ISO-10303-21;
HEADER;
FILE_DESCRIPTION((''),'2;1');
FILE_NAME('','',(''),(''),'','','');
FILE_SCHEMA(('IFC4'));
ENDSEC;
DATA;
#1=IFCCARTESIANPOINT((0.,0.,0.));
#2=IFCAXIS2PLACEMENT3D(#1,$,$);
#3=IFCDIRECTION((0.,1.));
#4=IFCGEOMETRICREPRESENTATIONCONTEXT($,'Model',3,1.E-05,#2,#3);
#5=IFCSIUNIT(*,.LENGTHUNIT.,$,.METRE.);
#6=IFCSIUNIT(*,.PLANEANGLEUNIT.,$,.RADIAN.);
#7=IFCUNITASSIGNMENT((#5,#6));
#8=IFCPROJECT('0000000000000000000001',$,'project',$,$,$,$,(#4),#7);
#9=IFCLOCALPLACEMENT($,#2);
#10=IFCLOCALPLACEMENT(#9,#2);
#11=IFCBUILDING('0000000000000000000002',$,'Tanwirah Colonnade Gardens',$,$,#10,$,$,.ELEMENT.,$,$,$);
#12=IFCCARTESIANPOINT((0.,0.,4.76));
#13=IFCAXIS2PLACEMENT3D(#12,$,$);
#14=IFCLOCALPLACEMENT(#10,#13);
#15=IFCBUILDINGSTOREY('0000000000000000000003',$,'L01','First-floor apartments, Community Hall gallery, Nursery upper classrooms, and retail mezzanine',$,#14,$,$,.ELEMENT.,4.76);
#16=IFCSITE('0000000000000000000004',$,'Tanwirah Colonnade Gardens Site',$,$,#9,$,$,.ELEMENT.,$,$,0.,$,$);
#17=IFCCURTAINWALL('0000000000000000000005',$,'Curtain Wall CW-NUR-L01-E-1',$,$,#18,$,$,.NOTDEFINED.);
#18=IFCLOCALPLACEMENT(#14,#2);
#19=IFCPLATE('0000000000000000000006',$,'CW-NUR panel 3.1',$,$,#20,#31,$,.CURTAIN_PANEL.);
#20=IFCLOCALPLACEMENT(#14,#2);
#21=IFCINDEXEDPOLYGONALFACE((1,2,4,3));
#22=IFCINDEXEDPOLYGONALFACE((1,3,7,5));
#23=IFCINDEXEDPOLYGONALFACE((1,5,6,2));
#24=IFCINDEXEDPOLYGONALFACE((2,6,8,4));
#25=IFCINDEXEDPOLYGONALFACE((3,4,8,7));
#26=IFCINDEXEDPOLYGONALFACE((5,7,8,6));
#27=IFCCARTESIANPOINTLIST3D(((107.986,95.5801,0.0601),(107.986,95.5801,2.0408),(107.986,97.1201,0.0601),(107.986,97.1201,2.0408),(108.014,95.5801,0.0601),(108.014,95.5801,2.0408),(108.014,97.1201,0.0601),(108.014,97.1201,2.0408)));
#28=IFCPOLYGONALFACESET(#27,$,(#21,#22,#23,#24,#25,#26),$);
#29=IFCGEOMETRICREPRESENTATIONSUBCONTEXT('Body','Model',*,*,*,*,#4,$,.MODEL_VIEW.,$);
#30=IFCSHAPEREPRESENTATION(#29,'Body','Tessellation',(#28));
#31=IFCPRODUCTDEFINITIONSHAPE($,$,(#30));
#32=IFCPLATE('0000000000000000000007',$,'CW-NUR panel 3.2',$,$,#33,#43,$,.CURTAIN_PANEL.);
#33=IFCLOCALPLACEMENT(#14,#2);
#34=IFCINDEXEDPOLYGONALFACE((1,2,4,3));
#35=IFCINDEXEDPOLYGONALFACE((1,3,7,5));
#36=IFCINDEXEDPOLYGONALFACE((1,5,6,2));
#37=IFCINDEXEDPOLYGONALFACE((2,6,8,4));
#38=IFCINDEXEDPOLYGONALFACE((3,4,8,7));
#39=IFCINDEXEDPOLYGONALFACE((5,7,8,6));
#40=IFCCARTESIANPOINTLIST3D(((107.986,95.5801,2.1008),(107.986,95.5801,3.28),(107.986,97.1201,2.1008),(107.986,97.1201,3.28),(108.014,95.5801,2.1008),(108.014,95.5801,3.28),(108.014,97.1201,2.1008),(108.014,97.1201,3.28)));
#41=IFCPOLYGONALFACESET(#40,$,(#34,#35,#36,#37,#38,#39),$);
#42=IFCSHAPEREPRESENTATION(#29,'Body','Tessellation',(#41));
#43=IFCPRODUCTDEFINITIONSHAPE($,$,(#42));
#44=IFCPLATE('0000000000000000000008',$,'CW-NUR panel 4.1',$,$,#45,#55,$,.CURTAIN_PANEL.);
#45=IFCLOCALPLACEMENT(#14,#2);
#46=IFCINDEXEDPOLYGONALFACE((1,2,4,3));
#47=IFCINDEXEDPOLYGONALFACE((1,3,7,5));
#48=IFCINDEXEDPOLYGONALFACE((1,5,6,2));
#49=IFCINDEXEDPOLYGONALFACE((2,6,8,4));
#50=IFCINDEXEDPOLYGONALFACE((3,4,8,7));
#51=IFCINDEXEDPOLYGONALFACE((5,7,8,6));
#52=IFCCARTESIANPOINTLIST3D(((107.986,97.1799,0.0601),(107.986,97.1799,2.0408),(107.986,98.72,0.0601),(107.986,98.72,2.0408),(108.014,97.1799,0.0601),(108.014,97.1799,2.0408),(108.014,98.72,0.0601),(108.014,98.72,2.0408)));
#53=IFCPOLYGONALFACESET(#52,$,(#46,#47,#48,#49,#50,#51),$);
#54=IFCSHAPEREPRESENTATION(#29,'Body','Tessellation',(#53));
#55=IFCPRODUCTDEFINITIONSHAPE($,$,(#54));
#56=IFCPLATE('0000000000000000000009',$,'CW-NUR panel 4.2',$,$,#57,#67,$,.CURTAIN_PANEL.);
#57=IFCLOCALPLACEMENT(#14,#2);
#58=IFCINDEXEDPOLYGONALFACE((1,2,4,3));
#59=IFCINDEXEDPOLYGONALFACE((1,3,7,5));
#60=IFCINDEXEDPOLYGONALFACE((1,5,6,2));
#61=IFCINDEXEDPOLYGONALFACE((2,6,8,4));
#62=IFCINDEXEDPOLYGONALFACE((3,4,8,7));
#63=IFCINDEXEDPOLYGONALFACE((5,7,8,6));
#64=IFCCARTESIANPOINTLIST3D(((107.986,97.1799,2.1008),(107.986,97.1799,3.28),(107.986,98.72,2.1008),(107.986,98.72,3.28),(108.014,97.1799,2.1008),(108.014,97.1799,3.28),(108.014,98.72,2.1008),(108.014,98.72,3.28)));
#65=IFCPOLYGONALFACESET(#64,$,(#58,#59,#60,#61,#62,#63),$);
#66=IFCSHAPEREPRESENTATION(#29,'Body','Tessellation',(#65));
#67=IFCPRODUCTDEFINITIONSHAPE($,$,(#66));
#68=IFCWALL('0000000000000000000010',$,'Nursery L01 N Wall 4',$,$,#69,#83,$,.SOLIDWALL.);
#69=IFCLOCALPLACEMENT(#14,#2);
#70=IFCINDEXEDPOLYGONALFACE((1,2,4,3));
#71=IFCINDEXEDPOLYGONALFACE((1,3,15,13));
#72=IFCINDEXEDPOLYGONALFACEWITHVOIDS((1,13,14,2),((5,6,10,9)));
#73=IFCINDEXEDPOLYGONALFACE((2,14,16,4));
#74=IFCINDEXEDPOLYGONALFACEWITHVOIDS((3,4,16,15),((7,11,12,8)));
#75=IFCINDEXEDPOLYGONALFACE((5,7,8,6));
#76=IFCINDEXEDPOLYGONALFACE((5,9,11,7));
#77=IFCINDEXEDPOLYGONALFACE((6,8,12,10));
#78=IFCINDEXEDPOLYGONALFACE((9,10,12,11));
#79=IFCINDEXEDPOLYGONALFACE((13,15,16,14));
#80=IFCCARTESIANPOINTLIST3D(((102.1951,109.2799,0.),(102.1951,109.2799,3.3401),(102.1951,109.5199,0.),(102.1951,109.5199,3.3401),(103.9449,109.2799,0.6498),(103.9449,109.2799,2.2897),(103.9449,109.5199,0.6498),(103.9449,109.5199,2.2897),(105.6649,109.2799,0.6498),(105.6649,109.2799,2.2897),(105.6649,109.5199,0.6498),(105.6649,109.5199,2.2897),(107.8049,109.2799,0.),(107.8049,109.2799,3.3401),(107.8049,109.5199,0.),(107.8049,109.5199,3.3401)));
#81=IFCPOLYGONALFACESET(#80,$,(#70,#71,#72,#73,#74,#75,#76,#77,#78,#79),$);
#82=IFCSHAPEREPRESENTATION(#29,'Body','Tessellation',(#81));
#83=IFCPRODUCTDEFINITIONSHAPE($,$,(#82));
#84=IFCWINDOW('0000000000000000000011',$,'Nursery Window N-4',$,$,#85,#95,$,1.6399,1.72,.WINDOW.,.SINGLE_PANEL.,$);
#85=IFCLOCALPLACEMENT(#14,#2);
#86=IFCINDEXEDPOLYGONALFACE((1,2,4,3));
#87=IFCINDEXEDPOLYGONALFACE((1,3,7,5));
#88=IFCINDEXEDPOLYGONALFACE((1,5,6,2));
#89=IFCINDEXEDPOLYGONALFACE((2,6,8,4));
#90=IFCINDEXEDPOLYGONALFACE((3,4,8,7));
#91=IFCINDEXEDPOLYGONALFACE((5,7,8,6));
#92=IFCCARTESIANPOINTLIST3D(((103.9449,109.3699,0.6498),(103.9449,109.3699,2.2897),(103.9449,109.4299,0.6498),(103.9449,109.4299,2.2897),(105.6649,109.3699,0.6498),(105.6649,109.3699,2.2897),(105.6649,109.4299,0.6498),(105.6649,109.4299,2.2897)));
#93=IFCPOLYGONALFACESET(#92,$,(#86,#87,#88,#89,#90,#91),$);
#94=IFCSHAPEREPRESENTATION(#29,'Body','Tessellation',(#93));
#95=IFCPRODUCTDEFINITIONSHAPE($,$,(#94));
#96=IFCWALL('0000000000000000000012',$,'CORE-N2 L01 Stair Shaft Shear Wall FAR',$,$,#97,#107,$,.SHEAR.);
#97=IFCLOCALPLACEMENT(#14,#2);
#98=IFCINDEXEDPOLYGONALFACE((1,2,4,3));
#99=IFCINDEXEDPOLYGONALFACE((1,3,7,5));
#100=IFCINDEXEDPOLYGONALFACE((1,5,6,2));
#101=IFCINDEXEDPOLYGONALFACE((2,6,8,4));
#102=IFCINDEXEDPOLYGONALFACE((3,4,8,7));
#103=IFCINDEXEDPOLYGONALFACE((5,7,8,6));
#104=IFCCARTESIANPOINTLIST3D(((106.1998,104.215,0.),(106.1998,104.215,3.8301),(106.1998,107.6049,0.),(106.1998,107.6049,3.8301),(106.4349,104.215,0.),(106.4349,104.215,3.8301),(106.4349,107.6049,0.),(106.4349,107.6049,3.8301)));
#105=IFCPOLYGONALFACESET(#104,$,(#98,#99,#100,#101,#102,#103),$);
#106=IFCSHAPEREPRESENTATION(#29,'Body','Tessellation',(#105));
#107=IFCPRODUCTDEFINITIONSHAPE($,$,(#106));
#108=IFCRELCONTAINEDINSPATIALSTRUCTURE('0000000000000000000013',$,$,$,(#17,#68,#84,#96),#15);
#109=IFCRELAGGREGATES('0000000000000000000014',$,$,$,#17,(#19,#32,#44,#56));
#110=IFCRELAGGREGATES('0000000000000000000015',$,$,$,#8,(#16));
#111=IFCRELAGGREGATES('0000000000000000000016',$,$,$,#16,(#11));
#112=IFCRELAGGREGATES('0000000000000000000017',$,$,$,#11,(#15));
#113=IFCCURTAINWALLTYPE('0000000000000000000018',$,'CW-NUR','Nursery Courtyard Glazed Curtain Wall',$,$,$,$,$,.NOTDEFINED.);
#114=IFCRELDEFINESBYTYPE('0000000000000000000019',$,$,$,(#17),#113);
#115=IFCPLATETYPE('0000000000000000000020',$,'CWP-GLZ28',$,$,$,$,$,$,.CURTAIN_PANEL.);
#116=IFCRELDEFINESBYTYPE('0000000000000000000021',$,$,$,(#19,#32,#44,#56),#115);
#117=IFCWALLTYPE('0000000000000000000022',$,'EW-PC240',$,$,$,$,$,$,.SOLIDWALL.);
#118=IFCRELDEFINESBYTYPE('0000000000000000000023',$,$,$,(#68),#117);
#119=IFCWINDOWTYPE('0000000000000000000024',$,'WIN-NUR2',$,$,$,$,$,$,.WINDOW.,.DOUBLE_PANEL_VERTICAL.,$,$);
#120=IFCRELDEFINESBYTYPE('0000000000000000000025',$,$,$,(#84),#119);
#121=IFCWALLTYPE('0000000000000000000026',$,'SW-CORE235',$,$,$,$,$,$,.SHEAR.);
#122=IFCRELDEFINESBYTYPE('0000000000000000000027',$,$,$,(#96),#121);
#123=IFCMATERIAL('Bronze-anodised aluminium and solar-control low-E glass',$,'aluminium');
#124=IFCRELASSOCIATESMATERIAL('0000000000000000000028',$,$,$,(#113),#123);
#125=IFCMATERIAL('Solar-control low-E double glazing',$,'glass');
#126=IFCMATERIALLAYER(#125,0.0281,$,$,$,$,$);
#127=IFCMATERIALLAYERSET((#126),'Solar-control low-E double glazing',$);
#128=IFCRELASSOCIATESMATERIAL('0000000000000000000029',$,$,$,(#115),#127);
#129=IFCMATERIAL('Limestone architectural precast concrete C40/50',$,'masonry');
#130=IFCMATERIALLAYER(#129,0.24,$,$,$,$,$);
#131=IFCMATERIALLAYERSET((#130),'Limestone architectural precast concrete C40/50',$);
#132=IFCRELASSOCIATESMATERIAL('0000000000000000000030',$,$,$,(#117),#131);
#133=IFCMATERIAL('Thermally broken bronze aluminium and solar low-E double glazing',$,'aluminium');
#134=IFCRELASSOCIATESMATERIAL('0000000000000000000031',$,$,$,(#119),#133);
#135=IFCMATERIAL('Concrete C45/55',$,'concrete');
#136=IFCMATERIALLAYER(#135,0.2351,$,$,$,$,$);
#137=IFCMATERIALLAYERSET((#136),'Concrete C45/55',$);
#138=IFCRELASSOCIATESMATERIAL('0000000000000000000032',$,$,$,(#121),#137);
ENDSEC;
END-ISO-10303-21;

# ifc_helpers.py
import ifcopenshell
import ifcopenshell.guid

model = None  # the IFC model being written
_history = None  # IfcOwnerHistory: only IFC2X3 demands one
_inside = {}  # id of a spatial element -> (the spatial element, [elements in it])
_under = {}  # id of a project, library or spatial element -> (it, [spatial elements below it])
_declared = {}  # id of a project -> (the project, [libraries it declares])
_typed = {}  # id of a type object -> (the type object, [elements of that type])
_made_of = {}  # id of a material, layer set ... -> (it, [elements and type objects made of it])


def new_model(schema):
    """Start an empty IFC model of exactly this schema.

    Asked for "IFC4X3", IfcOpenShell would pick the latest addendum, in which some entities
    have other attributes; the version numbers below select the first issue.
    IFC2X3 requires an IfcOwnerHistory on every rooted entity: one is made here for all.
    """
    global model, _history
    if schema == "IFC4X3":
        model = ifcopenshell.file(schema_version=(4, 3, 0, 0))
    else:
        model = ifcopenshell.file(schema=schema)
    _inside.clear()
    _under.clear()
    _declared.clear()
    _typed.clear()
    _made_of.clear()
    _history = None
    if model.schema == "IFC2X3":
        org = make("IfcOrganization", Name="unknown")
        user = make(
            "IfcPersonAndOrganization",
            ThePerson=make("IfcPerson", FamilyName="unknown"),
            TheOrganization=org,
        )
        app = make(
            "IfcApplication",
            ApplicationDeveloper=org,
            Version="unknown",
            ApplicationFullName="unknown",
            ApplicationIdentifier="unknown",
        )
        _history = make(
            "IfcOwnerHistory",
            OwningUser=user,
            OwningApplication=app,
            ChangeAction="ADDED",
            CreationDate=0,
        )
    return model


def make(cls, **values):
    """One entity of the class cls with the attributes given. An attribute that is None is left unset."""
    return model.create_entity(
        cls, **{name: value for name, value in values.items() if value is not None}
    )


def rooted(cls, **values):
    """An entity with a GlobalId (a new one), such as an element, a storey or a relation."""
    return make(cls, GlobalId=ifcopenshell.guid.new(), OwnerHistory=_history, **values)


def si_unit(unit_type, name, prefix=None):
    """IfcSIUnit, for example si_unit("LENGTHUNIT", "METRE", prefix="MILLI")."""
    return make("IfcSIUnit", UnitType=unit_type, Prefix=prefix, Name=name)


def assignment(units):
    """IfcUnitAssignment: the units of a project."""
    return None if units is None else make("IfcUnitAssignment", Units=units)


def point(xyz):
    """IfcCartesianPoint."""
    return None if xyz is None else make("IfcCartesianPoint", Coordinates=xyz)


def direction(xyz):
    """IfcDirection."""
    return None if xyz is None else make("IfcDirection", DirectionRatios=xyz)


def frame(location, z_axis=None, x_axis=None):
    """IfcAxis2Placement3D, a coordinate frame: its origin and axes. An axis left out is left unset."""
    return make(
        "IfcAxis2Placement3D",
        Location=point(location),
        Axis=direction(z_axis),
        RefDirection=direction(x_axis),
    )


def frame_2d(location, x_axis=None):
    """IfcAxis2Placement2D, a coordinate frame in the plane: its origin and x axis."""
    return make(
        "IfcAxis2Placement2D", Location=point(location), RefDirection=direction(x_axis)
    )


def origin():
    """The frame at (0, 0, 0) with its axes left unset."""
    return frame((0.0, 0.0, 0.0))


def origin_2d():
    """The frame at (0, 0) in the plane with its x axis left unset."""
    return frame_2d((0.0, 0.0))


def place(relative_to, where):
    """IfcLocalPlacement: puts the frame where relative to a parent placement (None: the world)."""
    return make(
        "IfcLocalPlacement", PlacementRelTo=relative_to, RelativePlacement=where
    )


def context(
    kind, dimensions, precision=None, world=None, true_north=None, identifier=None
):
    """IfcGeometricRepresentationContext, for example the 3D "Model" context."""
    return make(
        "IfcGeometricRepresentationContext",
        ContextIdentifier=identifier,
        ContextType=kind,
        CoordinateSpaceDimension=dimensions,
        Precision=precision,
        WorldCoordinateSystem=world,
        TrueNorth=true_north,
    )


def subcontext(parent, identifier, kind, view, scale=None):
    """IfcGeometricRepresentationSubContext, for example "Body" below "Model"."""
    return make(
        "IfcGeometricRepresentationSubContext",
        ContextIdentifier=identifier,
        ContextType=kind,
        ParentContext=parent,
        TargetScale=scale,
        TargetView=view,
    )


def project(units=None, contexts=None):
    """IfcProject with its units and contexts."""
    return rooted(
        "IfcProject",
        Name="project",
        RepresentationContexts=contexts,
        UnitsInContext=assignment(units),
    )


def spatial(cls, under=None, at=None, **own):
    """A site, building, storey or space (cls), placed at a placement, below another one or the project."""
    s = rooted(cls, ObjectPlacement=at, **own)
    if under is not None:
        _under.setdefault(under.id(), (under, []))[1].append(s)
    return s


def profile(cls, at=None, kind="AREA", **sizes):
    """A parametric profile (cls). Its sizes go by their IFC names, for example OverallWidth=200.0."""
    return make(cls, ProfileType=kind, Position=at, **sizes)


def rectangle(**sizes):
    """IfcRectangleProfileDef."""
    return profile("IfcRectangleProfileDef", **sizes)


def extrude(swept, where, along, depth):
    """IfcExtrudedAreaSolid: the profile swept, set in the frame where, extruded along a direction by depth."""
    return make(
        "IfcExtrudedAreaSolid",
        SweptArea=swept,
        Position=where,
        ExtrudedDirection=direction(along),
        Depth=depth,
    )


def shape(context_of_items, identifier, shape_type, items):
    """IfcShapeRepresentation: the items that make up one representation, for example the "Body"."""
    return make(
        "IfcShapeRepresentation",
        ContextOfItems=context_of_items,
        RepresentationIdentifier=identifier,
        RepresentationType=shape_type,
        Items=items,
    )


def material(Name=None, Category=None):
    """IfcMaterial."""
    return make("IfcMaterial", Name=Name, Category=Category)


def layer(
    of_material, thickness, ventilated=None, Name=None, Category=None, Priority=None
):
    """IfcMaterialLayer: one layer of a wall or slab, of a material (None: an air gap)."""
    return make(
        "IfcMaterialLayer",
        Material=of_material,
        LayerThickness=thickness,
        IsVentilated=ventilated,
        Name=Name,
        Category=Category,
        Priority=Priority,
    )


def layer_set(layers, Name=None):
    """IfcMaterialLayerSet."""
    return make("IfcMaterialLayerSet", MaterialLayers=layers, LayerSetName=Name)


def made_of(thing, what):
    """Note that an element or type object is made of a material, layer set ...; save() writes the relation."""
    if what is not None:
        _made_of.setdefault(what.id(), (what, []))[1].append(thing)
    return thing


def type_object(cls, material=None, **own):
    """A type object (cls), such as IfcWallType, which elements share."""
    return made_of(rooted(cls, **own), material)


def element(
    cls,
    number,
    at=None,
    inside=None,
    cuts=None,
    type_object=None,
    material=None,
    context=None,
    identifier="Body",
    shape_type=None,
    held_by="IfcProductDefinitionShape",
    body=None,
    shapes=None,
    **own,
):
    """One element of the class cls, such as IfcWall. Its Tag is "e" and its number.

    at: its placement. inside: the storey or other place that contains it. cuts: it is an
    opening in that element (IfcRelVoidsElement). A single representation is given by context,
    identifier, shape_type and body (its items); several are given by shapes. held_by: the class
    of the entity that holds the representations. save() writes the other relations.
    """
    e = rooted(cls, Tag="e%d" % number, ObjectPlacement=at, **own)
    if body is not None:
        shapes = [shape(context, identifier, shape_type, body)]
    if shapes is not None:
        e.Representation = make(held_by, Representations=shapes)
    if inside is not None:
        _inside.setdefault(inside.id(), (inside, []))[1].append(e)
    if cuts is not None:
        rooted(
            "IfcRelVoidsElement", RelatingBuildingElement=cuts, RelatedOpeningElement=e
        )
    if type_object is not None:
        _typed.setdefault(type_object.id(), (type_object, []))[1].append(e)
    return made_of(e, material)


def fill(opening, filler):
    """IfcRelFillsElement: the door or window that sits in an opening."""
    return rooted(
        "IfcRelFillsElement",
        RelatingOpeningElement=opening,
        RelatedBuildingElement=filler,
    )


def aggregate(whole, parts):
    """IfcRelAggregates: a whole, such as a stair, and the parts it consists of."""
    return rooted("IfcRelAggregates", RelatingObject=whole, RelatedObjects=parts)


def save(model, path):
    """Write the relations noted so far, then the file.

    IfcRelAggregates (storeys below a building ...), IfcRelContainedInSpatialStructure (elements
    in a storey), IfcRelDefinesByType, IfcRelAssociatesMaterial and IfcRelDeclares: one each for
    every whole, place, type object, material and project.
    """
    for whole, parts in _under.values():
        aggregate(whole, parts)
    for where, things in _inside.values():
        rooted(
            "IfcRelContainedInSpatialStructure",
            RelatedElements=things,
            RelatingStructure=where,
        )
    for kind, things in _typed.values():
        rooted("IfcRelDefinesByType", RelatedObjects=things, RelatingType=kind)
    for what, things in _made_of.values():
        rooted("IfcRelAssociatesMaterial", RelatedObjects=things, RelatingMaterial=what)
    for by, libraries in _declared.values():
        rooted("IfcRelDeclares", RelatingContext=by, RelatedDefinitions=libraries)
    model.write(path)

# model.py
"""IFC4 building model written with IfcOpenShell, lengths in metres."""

from ifc_helpers import new_model, si_unit, direction, frame, frame_2d, origin, origin_2d, place, context, subcontext, project, spatial, rectangle, extrude, material, layer, layer_set, type_object, element, fill, aggregate, save


model = new_model("IFC4")

# Units and contexts
model_context = context("Model", 3, precision=1e-05, world=origin(), true_north=direction((0.0, 1.0)))
body_context = subcontext(model_context, "Body", "Model", "MODEL_VIEW")
ifc_project = project(units=[si_unit("LENGTHUNIT", "METRE"), si_unit("PLANEANGLEUNIT", "RADIAN")], contexts=[model_context])

# Site, building, storey
site_placement = place(None, origin())
site = spatial("IfcSite", under=ifc_project, at=site_placement, Name="Tanwirah Colonnade Gardens Site", CompositionType="ELEMENT", RefElevation=0.0)
building_placement = place(site_placement, origin())
building = spatial("IfcBuilding", under=site, at=building_placement, Name="Tanwirah Colonnade Gardens", CompositionType="ELEMENT")
storey_placement = place(building_placement, frame((0.0, 0.0, 4.76)))
storey = spatial("IfcBuildingStorey", under=building, at=storey_placement, Name="L01", Description="First-floor apartments, Community Hall gallery, Nursery upper classrooms, and retail mezzanine", CompositionType="ELEMENT", Elevation=4.76)

# Shared definitions
ifc_material_1 = material(Name="Bronze-anodised aluminium and solar-control low-E glass", Category="aluminium")
curtain_wall_type = type_object("IfcCurtainWallType", Name="CW-NUR", Description="Nursery Courtyard Glazed Curtain Wall", PredefinedType="NOTDEFINED", material=ifc_material_1)

# Curtain wall
curtain_wall_1_placement = place(storey_placement, origin())
curtain_wall_1 = element("IfcCurtainWall", 1, at=curtain_wall_1_placement, inside=storey, type_object=curtain_wall_type, Name="Curtain Wall CW-NUR-L01-E-1", PredefinedType="NOTDEFINED")

# Plates
ifc_material_2 = material(Name="Solar-control low-E double glazing", Category="glass")
ifc_layer_1 = layer(ifc_material_2, 0.0281)
ifc_layer_set_1 = layer_set([ifc_layer_1], Name="Solar-control low-E double glazing")
plate_type = type_object("IfcPlateType", Name="CWP-GLZ28", PredefinedType="CURTAIN_PANEL", material=ifc_layer_set_1)
plate_1_placement = place(storey_placement, frame((108.0, 96.3501, 0.0601), z_axis=(0.0, 0.0, 1.0), x_axis=(0.0, 1.0, 0.0)))
plate_1 = element("IfcPlate", 2, at=plate_1_placement, type_object=plate_type, Name="CW-NUR panel 3.1", PredefinedType="CURTAIN_PANEL", context=body_context, shape_type="SweptSolid", body=[
    extrude(rectangle(XDim=1.54, YDim=0.0281, at=origin_2d()), origin(), (0.0, 0.0, 1.0), 1.9807),
])
plate_2_placement = place(storey_placement, frame((108.0, 96.3501, 2.1008), z_axis=(0.0, 0.0, 1.0), x_axis=(0.0, 1.0, 0.0)))
plate_2 = element("IfcPlate", 3, at=plate_2_placement, type_object=plate_type, Name="CW-NUR panel 3.2", PredefinedType="CURTAIN_PANEL", context=body_context, shape_type="SweptSolid", body=[
    extrude(rectangle(XDim=1.54, YDim=0.0281, at=origin_2d()), origin(), (0.0, 0.0, 1.0), 1.1792),
])
plate_3_placement = place(storey_placement, frame((108.0, 97.95, 0.0601), z_axis=(0.0, 0.0, 1.0), x_axis=(0.0, 1.0, 0.0)))
plate_3 = element("IfcPlate", 4, at=plate_3_placement, type_object=plate_type, Name="CW-NUR panel 4.1", PredefinedType="CURTAIN_PANEL", context=body_context, shape_type="SweptSolid", body=[
    extrude(rectangle(XDim=1.54, YDim=0.0281, at=origin_2d()), origin(), (0.0, 0.0, 1.0), 1.9807),
])
plate_4_placement = place(storey_placement, frame((108.0, 97.95, 2.1008), z_axis=(0.0, 0.0, 1.0), x_axis=(0.0, 1.0, 0.0)))
plate_4 = element("IfcPlate", 5, at=plate_4_placement, type_object=plate_type, Name="CW-NUR panel 4.2", PredefinedType="CURTAIN_PANEL", context=body_context, shape_type="SweptSolid", body=[
    extrude(rectangle(XDim=1.54, YDim=0.0281, at=origin_2d()), origin(), (0.0, 0.0, 1.0), 1.1792),
])
aggregate(curtain_wall_1, [plate_1, plate_2, plate_3, plate_4])

# Wall, opening, window
ifc_material_3 = material(Name="Limestone architectural precast concrete C40/50", Category="masonry")
ifc_layer_2 = layer(ifc_material_3, 0.24)
ifc_layer_set_2 = layer_set([ifc_layer_2], Name="Limestone architectural precast concrete C40/50")
wall_type_1 = type_object("IfcWallType", Name="EW-PC240", PredefinedType="SOLIDWALL", material=ifc_layer_set_2)
wall_1_placement = place(storey_placement, frame((102.1951, 109.3999, 0.0), z_axis=(0.0, 0.0, 1.0), x_axis=(1.0, 0.0, 0.0)))
wall_1 = element("IfcWall", 6, at=wall_1_placement, inside=storey, type_object=wall_type_1, Name="Nursery L01 N Wall 4", PredefinedType="SOLIDWALL", context=body_context, shape_type="SweptSolid", body=[
    extrude(rectangle(XDim=5.6099, YDim=0.24, at=frame_2d((2.8049, 0.0))), origin(), (0.0, 0.0, 1.0), 3.3401),
])
opening_placement = place(wall_1_placement, frame((1.75, 0.0, 0.6499)))
opening = element("IfcOpeningElement", 7, at=opening_placement, cuts=wall_1, PredefinedType="OPENING", context=body_context, shape_type="SweptSolid", body=[
    extrude(rectangle(XDim=1.72, YDim=1.6399, at=frame_2d((0.8599, 0.8198))), frame((0.0, 0.1299, 0.0), z_axis=(0.0, -1.0, 0.0), x_axis=(1.0, 0.0, 0.0)), (0.0, 0.0, 1.0), 0.26),
])
ifc_material_4 = material(Name="Thermally broken bronze aluminium and solar low-E double glazing", Category="aluminium")
window_type = type_object("IfcWindowType", Name="WIN-NUR2", PartitioningType="DOUBLE_PANEL_VERTICAL", PredefinedType="WINDOW", material=ifc_material_4)
window_placement = place(opening_placement, origin())
window = element("IfcWindow", 8, at=window_placement, inside=storey, type_object=window_type, Name="Nursery Window N-4", OverallHeight=1.6399, OverallWidth=1.72, PartitioningType="SINGLE_PANEL", PredefinedType="WINDOW", context=body_context, shape_type="SweptSolid", body=[
    extrude(rectangle(XDim=1.72, YDim=1.6399, at=frame_2d((0.8599, 0.8198))), frame((0.0, 0.03, 0.0), z_axis=(0.0, -1.0, 0.0), x_axis=(1.0, 0.0, 0.0)), (0.0, 0.0, 1.0), 0.0601),
])
fill(opening, window)

# Wall
ifc_material_5 = material(Name="Concrete C45/55", Category="concrete")
ifc_layer_3 = layer(ifc_material_5, 0.2351)
ifc_layer_set_3 = layer_set([ifc_layer_3], Name="Concrete C45/55")
wall_type_2 = type_object("IfcWallType", Name="SW-CORE235", PredefinedType="SHEAR", material=ifc_layer_set_3)
wall_2_placement = place(storey_placement, frame((106.3174, 104.2151, 0.0), z_axis=(0.0, 0.0, 1.0), x_axis=(0.0, 1.0, 0.0)))
element("IfcWall", 9, at=wall_2_placement, inside=storey, type_object=wall_type_2, Name="CORE-N2 L01 Stair Shaft Shear Wall FAR", PredefinedType="SHEAR", context=body_context, shape_type="SweptSolid", body=[
    extrude(rectangle(XDim=3.3899, YDim=0.2351, at=frame_2d((1.6948, 0.0))), origin(), (0.0, 0.0, 1.0), 3.8301),
])

save(model, "model.ifc")
